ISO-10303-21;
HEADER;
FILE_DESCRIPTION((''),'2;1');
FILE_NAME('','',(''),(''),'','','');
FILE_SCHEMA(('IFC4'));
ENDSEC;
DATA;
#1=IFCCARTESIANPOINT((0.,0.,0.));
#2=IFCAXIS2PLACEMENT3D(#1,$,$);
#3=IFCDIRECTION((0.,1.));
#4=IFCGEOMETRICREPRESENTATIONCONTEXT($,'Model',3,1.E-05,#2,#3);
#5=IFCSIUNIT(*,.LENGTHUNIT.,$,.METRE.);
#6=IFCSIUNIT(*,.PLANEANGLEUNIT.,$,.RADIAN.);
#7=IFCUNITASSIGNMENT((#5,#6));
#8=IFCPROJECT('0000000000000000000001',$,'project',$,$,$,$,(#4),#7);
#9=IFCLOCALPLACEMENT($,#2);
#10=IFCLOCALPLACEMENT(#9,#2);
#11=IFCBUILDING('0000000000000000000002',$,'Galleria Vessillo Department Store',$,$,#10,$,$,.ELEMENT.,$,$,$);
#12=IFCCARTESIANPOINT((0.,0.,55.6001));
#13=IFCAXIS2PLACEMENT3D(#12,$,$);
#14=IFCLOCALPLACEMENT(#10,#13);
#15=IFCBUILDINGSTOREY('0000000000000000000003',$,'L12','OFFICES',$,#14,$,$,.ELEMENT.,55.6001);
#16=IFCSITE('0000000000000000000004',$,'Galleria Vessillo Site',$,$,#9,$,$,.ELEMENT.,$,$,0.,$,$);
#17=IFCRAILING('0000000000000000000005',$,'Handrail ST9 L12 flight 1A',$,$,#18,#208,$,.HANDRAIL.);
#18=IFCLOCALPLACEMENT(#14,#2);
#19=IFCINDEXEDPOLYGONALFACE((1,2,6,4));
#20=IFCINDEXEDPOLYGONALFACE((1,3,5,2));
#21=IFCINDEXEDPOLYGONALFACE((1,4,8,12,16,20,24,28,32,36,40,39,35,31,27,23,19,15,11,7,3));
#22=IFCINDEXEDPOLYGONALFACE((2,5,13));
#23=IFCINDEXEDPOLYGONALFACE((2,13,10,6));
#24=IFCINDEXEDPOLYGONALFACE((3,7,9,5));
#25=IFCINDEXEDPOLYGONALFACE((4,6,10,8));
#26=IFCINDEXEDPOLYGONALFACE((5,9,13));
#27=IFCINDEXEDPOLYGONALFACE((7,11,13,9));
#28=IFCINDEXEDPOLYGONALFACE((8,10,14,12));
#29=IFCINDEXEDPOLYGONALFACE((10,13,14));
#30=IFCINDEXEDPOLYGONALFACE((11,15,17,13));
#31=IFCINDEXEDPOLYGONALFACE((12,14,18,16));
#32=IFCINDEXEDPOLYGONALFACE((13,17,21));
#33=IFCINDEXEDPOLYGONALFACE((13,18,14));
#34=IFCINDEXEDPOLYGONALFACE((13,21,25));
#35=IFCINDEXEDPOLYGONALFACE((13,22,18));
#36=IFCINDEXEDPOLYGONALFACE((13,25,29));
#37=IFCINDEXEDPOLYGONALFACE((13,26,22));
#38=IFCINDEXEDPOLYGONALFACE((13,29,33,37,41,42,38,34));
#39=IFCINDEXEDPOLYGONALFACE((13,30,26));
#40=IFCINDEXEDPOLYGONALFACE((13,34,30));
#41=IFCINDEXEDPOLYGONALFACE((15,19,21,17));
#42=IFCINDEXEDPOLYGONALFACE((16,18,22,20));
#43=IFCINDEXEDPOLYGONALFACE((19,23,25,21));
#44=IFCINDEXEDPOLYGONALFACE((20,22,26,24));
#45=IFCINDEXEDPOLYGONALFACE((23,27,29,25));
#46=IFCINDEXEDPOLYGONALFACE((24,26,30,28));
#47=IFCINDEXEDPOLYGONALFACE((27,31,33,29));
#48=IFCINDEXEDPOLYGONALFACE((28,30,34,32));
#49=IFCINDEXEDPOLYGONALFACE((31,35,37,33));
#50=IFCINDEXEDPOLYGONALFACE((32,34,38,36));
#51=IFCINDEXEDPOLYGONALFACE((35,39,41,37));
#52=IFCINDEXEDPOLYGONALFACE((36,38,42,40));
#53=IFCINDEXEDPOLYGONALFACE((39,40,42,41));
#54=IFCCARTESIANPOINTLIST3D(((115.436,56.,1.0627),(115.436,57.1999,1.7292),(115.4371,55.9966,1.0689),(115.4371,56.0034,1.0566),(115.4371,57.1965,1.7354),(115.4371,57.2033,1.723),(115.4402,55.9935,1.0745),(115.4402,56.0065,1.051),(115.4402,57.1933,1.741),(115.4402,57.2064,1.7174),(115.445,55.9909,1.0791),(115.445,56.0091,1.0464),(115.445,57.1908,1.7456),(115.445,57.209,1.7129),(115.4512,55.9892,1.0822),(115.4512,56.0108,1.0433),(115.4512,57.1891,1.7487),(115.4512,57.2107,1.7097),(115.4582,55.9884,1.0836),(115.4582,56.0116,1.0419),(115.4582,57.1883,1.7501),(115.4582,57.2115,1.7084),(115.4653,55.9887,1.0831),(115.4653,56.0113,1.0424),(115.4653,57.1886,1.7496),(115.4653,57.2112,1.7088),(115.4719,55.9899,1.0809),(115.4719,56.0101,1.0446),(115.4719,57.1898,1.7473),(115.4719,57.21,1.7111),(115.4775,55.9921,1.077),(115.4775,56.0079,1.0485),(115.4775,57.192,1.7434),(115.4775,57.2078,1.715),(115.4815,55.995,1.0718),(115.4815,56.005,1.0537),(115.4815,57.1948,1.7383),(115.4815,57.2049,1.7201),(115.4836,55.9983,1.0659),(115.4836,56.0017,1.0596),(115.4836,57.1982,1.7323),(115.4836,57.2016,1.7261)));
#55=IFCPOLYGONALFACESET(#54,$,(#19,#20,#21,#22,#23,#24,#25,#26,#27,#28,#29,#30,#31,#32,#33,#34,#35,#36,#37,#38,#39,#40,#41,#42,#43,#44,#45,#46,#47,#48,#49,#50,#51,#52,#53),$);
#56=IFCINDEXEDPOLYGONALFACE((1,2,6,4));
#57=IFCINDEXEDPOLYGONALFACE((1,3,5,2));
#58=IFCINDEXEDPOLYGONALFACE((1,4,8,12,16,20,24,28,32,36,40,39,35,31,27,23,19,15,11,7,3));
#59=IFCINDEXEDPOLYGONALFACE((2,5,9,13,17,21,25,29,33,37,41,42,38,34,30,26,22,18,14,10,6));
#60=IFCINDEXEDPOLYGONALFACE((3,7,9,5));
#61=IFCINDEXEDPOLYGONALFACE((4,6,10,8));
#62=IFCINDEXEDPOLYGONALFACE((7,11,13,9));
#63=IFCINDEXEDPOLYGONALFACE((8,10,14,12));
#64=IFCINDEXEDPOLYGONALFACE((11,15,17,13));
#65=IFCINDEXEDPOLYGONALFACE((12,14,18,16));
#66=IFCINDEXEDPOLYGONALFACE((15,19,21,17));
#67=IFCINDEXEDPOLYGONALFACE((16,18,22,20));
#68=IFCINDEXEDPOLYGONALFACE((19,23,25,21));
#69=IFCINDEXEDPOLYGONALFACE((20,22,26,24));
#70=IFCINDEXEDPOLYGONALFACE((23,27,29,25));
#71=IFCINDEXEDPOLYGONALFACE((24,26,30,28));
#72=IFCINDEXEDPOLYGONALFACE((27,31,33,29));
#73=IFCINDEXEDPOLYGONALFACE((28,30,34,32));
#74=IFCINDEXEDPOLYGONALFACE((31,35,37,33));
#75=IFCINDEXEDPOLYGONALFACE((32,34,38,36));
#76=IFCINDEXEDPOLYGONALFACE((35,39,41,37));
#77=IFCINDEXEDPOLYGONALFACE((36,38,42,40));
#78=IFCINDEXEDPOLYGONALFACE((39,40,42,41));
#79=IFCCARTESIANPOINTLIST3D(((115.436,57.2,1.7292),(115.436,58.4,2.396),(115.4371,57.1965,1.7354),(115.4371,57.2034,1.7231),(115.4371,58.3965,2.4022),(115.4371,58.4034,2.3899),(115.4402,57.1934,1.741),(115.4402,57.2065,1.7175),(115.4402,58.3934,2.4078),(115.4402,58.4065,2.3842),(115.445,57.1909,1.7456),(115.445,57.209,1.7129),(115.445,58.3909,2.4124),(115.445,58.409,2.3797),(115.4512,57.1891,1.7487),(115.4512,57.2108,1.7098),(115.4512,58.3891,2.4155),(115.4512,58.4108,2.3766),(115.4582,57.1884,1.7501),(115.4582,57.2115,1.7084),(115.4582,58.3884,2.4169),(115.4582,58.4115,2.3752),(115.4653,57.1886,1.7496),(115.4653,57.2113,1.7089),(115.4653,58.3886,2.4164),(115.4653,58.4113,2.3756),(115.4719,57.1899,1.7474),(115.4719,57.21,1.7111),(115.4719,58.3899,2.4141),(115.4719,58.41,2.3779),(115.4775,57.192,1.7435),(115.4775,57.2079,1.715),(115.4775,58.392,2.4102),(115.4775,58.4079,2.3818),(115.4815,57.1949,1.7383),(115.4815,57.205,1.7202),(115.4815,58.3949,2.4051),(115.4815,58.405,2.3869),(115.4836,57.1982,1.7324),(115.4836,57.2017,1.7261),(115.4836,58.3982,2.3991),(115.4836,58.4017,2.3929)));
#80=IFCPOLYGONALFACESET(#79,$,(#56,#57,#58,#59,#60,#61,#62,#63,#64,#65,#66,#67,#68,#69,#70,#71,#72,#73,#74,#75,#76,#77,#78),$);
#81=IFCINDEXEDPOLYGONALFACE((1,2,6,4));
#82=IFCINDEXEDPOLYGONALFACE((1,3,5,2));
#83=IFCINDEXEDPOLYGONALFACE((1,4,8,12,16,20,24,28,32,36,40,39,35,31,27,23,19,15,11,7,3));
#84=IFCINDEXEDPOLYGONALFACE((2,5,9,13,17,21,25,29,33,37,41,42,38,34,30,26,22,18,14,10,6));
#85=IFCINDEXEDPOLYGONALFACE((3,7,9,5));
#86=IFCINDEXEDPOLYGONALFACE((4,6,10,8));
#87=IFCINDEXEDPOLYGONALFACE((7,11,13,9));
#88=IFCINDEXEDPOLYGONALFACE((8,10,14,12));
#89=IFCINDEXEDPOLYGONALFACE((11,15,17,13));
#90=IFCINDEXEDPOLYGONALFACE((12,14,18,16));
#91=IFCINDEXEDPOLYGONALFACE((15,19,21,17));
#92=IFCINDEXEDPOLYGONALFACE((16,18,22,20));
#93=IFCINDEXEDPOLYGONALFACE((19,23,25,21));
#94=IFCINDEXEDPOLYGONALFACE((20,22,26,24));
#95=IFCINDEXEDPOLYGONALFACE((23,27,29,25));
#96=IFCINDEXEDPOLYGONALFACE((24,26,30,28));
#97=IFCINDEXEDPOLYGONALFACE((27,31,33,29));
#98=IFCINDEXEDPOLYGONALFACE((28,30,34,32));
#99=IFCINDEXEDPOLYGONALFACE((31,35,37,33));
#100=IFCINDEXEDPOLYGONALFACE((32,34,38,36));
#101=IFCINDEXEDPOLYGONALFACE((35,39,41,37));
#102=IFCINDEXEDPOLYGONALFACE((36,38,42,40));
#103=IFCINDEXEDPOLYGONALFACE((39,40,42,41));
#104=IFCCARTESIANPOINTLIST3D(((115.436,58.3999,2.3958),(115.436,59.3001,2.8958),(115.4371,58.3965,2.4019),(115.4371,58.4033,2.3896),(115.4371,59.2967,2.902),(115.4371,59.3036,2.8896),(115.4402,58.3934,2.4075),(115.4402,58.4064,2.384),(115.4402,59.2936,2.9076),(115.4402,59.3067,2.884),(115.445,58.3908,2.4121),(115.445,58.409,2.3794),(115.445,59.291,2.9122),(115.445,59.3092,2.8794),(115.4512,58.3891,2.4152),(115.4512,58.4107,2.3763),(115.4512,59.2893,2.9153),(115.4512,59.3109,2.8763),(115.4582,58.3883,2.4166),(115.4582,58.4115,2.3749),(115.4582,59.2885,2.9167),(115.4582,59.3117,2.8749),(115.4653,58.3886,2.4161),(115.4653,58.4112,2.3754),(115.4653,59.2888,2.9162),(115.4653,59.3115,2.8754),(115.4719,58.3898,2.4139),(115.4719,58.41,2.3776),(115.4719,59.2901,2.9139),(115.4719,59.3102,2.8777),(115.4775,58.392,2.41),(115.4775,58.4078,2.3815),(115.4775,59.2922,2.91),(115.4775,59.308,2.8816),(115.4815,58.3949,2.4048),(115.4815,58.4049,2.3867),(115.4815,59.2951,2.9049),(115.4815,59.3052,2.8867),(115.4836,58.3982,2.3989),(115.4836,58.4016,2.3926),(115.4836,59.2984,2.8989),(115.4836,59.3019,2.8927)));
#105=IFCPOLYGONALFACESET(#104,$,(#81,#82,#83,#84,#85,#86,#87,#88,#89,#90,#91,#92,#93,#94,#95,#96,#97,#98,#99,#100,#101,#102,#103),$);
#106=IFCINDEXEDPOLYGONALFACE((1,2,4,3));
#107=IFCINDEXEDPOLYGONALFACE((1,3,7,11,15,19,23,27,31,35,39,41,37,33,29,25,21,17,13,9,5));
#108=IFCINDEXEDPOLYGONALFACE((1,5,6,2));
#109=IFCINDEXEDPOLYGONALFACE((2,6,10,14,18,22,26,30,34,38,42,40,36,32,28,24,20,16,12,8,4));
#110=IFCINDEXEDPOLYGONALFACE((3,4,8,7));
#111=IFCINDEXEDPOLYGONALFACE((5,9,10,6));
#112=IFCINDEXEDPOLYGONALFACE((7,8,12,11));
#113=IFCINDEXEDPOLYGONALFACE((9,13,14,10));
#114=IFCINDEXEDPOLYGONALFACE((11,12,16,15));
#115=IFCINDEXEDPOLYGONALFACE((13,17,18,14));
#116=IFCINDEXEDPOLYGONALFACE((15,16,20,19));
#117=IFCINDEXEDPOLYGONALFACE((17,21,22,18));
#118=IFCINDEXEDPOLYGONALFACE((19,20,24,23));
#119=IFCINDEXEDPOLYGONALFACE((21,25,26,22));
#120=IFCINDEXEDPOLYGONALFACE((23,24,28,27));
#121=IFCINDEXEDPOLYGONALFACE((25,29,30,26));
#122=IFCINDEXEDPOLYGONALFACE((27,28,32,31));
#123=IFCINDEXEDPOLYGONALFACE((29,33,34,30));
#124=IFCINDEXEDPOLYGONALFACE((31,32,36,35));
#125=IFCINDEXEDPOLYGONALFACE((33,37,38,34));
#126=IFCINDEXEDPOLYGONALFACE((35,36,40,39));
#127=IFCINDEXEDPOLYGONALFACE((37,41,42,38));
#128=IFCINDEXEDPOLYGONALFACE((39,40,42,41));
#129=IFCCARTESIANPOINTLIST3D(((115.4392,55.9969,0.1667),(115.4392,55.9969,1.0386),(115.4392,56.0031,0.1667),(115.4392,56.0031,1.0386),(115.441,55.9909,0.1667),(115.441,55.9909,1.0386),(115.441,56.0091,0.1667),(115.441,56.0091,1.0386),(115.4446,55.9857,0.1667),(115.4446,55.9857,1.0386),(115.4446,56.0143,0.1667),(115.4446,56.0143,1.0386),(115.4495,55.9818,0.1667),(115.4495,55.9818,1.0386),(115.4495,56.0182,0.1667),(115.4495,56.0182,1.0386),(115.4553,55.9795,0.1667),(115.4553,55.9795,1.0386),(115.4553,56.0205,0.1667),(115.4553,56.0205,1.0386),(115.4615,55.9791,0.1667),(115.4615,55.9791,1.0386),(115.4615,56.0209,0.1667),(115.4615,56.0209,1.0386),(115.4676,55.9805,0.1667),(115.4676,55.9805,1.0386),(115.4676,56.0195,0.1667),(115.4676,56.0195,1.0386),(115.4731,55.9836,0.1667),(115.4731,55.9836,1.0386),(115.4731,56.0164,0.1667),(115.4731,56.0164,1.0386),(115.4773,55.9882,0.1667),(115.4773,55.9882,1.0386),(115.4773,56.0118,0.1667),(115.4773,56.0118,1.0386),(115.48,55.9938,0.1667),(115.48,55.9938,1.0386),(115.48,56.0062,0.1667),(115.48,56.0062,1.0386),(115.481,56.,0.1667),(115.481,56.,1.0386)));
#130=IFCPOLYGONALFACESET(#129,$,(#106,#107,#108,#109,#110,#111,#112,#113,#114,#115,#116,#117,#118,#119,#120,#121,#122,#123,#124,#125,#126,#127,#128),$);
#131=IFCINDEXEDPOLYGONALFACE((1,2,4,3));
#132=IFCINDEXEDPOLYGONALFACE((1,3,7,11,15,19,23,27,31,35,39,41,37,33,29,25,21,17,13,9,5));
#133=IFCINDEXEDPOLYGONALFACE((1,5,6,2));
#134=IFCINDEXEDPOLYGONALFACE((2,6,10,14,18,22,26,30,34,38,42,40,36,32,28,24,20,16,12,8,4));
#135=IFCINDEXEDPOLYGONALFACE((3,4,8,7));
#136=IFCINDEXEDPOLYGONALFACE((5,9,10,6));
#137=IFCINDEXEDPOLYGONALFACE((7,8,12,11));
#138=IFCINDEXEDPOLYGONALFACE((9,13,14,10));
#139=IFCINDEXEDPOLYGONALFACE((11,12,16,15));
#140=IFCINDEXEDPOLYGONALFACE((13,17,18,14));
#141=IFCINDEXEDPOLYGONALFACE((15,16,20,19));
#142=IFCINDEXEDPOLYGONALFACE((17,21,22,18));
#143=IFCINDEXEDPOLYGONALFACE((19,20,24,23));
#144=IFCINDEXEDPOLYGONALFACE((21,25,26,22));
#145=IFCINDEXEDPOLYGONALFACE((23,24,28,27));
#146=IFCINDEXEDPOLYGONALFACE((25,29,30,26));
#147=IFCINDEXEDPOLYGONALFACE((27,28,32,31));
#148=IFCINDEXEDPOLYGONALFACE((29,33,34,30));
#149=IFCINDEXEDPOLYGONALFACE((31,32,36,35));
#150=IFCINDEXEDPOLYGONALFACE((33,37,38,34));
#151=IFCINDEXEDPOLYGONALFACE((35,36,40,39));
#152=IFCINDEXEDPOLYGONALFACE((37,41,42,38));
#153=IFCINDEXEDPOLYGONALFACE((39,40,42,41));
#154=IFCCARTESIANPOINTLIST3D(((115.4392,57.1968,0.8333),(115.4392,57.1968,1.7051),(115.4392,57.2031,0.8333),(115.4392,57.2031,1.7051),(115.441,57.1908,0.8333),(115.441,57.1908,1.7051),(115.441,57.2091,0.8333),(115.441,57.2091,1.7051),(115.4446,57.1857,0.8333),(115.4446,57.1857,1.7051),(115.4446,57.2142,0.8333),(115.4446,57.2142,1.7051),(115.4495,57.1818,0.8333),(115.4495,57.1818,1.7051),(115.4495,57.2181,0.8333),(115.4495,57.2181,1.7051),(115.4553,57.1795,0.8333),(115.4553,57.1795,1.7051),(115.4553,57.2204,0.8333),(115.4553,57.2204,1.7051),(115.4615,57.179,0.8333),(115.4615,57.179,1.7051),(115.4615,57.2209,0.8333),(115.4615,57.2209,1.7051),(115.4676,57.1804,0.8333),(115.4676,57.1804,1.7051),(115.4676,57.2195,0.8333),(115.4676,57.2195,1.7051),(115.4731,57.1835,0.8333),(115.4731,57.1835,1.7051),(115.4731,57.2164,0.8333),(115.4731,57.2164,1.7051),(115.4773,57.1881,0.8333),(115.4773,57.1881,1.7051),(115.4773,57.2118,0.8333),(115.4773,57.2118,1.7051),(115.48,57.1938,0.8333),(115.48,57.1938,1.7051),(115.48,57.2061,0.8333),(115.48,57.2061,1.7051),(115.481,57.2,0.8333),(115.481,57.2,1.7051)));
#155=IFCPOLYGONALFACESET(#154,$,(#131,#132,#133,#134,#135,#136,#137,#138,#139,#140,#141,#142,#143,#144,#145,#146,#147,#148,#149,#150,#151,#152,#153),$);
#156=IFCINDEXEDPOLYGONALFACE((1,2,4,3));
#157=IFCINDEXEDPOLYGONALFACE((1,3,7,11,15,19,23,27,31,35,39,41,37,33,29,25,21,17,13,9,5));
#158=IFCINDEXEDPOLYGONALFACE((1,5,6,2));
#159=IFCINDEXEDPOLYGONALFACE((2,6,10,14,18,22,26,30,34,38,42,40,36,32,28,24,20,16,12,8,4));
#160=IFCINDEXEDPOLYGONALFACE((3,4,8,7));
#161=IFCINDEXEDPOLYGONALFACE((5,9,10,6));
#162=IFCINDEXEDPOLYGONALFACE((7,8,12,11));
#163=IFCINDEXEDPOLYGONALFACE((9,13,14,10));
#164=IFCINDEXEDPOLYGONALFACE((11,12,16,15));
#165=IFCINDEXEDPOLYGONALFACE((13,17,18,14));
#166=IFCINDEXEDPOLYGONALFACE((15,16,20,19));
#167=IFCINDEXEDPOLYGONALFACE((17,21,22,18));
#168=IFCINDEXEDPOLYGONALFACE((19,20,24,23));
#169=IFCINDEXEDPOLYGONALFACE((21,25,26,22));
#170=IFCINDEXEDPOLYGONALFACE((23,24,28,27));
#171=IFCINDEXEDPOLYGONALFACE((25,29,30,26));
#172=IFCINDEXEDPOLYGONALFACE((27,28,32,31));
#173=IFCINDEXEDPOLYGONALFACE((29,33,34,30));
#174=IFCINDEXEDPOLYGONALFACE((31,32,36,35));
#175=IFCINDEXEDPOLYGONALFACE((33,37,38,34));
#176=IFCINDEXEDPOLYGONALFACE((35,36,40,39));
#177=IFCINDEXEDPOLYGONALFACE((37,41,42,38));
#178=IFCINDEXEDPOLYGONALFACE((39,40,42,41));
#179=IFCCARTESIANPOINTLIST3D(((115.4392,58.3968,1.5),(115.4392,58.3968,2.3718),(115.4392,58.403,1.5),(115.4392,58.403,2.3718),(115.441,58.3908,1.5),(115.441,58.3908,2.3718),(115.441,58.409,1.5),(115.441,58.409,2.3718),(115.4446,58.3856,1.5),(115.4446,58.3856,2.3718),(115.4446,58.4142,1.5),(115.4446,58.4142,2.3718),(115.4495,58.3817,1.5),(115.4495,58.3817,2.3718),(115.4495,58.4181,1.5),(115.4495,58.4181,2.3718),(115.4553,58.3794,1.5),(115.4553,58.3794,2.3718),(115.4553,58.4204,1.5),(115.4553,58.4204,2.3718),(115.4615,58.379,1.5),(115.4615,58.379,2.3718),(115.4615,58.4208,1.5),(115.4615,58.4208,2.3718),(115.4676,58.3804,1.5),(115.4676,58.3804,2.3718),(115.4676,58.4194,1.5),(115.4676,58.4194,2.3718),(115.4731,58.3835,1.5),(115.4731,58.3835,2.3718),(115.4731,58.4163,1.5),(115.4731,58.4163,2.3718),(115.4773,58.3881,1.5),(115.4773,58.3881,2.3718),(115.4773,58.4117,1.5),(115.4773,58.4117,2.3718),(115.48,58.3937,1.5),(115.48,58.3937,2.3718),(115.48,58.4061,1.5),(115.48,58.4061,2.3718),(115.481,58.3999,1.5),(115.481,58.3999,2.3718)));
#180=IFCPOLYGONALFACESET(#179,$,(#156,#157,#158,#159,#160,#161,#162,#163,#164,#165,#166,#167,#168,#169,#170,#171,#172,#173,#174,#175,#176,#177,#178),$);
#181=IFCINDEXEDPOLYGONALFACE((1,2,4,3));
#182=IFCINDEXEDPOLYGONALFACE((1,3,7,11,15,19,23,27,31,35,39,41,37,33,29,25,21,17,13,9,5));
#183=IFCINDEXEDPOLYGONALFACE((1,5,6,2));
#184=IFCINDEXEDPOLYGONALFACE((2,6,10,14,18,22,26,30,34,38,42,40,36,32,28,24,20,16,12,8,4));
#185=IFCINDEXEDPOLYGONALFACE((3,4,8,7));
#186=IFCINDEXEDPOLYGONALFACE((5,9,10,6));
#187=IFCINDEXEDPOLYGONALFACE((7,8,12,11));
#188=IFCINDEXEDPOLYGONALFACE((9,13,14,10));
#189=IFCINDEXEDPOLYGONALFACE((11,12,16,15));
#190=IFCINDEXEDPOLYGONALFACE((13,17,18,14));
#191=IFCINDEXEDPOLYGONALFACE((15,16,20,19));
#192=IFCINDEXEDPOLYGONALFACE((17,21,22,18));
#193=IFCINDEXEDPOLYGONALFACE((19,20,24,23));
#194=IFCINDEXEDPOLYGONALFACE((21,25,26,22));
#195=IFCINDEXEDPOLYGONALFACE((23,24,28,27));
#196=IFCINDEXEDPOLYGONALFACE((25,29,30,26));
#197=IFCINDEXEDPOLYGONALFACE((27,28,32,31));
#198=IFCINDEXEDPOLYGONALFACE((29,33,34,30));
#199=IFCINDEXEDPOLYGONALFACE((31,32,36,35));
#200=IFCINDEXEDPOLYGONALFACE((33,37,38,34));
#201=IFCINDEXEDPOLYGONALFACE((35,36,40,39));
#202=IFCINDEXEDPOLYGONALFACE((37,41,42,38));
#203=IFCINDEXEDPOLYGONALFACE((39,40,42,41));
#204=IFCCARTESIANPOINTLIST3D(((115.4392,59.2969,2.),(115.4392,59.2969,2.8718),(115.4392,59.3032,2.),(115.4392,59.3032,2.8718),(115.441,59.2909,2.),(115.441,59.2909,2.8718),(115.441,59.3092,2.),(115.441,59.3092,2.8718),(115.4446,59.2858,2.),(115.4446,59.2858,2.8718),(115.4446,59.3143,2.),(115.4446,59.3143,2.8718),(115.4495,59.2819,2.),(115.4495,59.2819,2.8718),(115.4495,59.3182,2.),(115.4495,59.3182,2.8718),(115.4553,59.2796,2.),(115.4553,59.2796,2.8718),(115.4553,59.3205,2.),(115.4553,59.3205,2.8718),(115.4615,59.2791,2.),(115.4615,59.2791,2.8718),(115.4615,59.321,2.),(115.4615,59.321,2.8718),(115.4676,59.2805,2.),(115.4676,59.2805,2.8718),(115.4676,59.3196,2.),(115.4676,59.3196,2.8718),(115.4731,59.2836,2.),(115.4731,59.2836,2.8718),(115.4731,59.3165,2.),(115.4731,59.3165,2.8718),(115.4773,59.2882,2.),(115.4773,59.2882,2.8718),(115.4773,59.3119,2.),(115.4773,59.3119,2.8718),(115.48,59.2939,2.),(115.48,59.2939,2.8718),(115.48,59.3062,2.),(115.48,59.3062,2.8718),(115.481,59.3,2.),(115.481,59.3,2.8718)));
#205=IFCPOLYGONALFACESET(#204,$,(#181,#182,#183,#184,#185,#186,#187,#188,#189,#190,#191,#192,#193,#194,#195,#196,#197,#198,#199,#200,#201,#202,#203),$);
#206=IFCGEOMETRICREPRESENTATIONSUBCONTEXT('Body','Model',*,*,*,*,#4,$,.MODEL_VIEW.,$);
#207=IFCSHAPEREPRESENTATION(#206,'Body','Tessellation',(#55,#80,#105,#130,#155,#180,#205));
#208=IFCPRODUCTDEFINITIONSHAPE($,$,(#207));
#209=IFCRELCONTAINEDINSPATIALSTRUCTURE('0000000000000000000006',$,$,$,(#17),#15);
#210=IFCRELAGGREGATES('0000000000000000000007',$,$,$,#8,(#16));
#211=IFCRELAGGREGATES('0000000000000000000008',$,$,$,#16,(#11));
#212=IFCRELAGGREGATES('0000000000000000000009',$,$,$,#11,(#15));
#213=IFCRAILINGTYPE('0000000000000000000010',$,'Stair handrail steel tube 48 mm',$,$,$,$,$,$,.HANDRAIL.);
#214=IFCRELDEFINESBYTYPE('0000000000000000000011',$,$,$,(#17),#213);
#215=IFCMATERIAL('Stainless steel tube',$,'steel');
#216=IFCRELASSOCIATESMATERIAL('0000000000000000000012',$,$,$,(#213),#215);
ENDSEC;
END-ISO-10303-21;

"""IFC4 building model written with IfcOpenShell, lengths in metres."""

from ifc_helpers import new_model, si_unit, direction, frame, origin, origin_2d, place, context, subcontext, project, spatial, circle, extrude, material, type_object, element, save


model = new_model("IFC4")

# Units and contexts
model_context = context("Model", 3, precision=1e-05, world=origin(), true_north=direction((0.0, 1.0)))
body_context = subcontext(model_context, "Body", "Model", "MODEL_VIEW")
ifc_project = project(units=[si_unit("LENGTHUNIT", "METRE"), si_unit("PLANEANGLEUNIT", "RADIAN")], contexts=[model_context])

# Site, building, storey
site_placement = place(None, origin())
site = spatial("IfcSite", under=ifc_project, at=site_placement, Name="Galleria Vessillo Site", CompositionType="ELEMENT", RefElevation=0.0)
building_placement = place(site_placement, origin())
building = spatial("IfcBuilding", under=site, at=building_placement, Name="Galleria Vessillo Department Store", CompositionType="ELEMENT")
storey_placement = place(building_placement, frame((0.0, 0.0, 55.6001)))
storey = spatial("IfcBuildingStorey", under=building, at=storey_placement, Name="L12", Description="OFFICES", CompositionType="ELEMENT", Elevation=55.6001)

# Railing
ifc_material_1 = material(Name="Stainless steel tube", Category="steel")
railing_type = type_object("IfcRailingType", Name="Stair handrail steel tube 48 mm", PredefinedType="HANDRAIL", material=ifc_material_1)
for number, where, name in (
    (1, (115.46, 56.0, 0.1667), "Handrail ST9 L12 flight 1A"),
):
    element("IfcRailing", number, at=place(storey_placement, frame(where)), inside=storey, type_object=railing_type, Name=name, PredefinedType="HANDRAIL", context=body_context, shape_type="SweptSolid", body=[
        extrude(circle(Radius=0.0239, at=origin_2d()), frame((0.0, 0.0, 0.896), z_axis=(0.0, 0.874199, 0.485567), x_axis=(-1.0, 0.0, 0.0)), (0.0, 0.0, 1.0), 1.3726),
        extrude(circle(Radius=0.0239, at=origin_2d()), frame((0.0, 1.2, 1.5625), z_axis=(0.0, 0.874124, 0.485703), x_axis=(-1.0, 0.0, 0.0)), (0.0, 0.0, 1.0), 1.3728),
        extrude(circle(Radius=0.0239, at=origin_2d()), frame((0.0, 2.3999, 2.229), z_axis=(0.0, 0.874191, 0.485583), x_axis=(-1.0, 0.0, 0.0)), (0.0, 0.0, 1.0), 1.0298),
        extrude(circle(Radius=0.021, at=origin_2d()), origin(), (0.0, 0.0, 1.0), 0.8718),
        extrude(circle(Radius=0.021, at=origin_2d()), frame((0.0, 1.2, 0.6665)), (0.0, 0.0, 1.0), 0.8718),
        extrude(circle(Radius=0.021, at=origin_2d()), frame((0.0, 2.3999, 1.3333)), (0.0, 0.0, 1.0), 0.8718),
        extrude(circle(Radius=0.021, at=origin_2d()), frame((0.0, 3.3, 1.8333)), (0.0, 0.0, 1.0), 0.8718),
    ])

save(model, "model.ifc")
